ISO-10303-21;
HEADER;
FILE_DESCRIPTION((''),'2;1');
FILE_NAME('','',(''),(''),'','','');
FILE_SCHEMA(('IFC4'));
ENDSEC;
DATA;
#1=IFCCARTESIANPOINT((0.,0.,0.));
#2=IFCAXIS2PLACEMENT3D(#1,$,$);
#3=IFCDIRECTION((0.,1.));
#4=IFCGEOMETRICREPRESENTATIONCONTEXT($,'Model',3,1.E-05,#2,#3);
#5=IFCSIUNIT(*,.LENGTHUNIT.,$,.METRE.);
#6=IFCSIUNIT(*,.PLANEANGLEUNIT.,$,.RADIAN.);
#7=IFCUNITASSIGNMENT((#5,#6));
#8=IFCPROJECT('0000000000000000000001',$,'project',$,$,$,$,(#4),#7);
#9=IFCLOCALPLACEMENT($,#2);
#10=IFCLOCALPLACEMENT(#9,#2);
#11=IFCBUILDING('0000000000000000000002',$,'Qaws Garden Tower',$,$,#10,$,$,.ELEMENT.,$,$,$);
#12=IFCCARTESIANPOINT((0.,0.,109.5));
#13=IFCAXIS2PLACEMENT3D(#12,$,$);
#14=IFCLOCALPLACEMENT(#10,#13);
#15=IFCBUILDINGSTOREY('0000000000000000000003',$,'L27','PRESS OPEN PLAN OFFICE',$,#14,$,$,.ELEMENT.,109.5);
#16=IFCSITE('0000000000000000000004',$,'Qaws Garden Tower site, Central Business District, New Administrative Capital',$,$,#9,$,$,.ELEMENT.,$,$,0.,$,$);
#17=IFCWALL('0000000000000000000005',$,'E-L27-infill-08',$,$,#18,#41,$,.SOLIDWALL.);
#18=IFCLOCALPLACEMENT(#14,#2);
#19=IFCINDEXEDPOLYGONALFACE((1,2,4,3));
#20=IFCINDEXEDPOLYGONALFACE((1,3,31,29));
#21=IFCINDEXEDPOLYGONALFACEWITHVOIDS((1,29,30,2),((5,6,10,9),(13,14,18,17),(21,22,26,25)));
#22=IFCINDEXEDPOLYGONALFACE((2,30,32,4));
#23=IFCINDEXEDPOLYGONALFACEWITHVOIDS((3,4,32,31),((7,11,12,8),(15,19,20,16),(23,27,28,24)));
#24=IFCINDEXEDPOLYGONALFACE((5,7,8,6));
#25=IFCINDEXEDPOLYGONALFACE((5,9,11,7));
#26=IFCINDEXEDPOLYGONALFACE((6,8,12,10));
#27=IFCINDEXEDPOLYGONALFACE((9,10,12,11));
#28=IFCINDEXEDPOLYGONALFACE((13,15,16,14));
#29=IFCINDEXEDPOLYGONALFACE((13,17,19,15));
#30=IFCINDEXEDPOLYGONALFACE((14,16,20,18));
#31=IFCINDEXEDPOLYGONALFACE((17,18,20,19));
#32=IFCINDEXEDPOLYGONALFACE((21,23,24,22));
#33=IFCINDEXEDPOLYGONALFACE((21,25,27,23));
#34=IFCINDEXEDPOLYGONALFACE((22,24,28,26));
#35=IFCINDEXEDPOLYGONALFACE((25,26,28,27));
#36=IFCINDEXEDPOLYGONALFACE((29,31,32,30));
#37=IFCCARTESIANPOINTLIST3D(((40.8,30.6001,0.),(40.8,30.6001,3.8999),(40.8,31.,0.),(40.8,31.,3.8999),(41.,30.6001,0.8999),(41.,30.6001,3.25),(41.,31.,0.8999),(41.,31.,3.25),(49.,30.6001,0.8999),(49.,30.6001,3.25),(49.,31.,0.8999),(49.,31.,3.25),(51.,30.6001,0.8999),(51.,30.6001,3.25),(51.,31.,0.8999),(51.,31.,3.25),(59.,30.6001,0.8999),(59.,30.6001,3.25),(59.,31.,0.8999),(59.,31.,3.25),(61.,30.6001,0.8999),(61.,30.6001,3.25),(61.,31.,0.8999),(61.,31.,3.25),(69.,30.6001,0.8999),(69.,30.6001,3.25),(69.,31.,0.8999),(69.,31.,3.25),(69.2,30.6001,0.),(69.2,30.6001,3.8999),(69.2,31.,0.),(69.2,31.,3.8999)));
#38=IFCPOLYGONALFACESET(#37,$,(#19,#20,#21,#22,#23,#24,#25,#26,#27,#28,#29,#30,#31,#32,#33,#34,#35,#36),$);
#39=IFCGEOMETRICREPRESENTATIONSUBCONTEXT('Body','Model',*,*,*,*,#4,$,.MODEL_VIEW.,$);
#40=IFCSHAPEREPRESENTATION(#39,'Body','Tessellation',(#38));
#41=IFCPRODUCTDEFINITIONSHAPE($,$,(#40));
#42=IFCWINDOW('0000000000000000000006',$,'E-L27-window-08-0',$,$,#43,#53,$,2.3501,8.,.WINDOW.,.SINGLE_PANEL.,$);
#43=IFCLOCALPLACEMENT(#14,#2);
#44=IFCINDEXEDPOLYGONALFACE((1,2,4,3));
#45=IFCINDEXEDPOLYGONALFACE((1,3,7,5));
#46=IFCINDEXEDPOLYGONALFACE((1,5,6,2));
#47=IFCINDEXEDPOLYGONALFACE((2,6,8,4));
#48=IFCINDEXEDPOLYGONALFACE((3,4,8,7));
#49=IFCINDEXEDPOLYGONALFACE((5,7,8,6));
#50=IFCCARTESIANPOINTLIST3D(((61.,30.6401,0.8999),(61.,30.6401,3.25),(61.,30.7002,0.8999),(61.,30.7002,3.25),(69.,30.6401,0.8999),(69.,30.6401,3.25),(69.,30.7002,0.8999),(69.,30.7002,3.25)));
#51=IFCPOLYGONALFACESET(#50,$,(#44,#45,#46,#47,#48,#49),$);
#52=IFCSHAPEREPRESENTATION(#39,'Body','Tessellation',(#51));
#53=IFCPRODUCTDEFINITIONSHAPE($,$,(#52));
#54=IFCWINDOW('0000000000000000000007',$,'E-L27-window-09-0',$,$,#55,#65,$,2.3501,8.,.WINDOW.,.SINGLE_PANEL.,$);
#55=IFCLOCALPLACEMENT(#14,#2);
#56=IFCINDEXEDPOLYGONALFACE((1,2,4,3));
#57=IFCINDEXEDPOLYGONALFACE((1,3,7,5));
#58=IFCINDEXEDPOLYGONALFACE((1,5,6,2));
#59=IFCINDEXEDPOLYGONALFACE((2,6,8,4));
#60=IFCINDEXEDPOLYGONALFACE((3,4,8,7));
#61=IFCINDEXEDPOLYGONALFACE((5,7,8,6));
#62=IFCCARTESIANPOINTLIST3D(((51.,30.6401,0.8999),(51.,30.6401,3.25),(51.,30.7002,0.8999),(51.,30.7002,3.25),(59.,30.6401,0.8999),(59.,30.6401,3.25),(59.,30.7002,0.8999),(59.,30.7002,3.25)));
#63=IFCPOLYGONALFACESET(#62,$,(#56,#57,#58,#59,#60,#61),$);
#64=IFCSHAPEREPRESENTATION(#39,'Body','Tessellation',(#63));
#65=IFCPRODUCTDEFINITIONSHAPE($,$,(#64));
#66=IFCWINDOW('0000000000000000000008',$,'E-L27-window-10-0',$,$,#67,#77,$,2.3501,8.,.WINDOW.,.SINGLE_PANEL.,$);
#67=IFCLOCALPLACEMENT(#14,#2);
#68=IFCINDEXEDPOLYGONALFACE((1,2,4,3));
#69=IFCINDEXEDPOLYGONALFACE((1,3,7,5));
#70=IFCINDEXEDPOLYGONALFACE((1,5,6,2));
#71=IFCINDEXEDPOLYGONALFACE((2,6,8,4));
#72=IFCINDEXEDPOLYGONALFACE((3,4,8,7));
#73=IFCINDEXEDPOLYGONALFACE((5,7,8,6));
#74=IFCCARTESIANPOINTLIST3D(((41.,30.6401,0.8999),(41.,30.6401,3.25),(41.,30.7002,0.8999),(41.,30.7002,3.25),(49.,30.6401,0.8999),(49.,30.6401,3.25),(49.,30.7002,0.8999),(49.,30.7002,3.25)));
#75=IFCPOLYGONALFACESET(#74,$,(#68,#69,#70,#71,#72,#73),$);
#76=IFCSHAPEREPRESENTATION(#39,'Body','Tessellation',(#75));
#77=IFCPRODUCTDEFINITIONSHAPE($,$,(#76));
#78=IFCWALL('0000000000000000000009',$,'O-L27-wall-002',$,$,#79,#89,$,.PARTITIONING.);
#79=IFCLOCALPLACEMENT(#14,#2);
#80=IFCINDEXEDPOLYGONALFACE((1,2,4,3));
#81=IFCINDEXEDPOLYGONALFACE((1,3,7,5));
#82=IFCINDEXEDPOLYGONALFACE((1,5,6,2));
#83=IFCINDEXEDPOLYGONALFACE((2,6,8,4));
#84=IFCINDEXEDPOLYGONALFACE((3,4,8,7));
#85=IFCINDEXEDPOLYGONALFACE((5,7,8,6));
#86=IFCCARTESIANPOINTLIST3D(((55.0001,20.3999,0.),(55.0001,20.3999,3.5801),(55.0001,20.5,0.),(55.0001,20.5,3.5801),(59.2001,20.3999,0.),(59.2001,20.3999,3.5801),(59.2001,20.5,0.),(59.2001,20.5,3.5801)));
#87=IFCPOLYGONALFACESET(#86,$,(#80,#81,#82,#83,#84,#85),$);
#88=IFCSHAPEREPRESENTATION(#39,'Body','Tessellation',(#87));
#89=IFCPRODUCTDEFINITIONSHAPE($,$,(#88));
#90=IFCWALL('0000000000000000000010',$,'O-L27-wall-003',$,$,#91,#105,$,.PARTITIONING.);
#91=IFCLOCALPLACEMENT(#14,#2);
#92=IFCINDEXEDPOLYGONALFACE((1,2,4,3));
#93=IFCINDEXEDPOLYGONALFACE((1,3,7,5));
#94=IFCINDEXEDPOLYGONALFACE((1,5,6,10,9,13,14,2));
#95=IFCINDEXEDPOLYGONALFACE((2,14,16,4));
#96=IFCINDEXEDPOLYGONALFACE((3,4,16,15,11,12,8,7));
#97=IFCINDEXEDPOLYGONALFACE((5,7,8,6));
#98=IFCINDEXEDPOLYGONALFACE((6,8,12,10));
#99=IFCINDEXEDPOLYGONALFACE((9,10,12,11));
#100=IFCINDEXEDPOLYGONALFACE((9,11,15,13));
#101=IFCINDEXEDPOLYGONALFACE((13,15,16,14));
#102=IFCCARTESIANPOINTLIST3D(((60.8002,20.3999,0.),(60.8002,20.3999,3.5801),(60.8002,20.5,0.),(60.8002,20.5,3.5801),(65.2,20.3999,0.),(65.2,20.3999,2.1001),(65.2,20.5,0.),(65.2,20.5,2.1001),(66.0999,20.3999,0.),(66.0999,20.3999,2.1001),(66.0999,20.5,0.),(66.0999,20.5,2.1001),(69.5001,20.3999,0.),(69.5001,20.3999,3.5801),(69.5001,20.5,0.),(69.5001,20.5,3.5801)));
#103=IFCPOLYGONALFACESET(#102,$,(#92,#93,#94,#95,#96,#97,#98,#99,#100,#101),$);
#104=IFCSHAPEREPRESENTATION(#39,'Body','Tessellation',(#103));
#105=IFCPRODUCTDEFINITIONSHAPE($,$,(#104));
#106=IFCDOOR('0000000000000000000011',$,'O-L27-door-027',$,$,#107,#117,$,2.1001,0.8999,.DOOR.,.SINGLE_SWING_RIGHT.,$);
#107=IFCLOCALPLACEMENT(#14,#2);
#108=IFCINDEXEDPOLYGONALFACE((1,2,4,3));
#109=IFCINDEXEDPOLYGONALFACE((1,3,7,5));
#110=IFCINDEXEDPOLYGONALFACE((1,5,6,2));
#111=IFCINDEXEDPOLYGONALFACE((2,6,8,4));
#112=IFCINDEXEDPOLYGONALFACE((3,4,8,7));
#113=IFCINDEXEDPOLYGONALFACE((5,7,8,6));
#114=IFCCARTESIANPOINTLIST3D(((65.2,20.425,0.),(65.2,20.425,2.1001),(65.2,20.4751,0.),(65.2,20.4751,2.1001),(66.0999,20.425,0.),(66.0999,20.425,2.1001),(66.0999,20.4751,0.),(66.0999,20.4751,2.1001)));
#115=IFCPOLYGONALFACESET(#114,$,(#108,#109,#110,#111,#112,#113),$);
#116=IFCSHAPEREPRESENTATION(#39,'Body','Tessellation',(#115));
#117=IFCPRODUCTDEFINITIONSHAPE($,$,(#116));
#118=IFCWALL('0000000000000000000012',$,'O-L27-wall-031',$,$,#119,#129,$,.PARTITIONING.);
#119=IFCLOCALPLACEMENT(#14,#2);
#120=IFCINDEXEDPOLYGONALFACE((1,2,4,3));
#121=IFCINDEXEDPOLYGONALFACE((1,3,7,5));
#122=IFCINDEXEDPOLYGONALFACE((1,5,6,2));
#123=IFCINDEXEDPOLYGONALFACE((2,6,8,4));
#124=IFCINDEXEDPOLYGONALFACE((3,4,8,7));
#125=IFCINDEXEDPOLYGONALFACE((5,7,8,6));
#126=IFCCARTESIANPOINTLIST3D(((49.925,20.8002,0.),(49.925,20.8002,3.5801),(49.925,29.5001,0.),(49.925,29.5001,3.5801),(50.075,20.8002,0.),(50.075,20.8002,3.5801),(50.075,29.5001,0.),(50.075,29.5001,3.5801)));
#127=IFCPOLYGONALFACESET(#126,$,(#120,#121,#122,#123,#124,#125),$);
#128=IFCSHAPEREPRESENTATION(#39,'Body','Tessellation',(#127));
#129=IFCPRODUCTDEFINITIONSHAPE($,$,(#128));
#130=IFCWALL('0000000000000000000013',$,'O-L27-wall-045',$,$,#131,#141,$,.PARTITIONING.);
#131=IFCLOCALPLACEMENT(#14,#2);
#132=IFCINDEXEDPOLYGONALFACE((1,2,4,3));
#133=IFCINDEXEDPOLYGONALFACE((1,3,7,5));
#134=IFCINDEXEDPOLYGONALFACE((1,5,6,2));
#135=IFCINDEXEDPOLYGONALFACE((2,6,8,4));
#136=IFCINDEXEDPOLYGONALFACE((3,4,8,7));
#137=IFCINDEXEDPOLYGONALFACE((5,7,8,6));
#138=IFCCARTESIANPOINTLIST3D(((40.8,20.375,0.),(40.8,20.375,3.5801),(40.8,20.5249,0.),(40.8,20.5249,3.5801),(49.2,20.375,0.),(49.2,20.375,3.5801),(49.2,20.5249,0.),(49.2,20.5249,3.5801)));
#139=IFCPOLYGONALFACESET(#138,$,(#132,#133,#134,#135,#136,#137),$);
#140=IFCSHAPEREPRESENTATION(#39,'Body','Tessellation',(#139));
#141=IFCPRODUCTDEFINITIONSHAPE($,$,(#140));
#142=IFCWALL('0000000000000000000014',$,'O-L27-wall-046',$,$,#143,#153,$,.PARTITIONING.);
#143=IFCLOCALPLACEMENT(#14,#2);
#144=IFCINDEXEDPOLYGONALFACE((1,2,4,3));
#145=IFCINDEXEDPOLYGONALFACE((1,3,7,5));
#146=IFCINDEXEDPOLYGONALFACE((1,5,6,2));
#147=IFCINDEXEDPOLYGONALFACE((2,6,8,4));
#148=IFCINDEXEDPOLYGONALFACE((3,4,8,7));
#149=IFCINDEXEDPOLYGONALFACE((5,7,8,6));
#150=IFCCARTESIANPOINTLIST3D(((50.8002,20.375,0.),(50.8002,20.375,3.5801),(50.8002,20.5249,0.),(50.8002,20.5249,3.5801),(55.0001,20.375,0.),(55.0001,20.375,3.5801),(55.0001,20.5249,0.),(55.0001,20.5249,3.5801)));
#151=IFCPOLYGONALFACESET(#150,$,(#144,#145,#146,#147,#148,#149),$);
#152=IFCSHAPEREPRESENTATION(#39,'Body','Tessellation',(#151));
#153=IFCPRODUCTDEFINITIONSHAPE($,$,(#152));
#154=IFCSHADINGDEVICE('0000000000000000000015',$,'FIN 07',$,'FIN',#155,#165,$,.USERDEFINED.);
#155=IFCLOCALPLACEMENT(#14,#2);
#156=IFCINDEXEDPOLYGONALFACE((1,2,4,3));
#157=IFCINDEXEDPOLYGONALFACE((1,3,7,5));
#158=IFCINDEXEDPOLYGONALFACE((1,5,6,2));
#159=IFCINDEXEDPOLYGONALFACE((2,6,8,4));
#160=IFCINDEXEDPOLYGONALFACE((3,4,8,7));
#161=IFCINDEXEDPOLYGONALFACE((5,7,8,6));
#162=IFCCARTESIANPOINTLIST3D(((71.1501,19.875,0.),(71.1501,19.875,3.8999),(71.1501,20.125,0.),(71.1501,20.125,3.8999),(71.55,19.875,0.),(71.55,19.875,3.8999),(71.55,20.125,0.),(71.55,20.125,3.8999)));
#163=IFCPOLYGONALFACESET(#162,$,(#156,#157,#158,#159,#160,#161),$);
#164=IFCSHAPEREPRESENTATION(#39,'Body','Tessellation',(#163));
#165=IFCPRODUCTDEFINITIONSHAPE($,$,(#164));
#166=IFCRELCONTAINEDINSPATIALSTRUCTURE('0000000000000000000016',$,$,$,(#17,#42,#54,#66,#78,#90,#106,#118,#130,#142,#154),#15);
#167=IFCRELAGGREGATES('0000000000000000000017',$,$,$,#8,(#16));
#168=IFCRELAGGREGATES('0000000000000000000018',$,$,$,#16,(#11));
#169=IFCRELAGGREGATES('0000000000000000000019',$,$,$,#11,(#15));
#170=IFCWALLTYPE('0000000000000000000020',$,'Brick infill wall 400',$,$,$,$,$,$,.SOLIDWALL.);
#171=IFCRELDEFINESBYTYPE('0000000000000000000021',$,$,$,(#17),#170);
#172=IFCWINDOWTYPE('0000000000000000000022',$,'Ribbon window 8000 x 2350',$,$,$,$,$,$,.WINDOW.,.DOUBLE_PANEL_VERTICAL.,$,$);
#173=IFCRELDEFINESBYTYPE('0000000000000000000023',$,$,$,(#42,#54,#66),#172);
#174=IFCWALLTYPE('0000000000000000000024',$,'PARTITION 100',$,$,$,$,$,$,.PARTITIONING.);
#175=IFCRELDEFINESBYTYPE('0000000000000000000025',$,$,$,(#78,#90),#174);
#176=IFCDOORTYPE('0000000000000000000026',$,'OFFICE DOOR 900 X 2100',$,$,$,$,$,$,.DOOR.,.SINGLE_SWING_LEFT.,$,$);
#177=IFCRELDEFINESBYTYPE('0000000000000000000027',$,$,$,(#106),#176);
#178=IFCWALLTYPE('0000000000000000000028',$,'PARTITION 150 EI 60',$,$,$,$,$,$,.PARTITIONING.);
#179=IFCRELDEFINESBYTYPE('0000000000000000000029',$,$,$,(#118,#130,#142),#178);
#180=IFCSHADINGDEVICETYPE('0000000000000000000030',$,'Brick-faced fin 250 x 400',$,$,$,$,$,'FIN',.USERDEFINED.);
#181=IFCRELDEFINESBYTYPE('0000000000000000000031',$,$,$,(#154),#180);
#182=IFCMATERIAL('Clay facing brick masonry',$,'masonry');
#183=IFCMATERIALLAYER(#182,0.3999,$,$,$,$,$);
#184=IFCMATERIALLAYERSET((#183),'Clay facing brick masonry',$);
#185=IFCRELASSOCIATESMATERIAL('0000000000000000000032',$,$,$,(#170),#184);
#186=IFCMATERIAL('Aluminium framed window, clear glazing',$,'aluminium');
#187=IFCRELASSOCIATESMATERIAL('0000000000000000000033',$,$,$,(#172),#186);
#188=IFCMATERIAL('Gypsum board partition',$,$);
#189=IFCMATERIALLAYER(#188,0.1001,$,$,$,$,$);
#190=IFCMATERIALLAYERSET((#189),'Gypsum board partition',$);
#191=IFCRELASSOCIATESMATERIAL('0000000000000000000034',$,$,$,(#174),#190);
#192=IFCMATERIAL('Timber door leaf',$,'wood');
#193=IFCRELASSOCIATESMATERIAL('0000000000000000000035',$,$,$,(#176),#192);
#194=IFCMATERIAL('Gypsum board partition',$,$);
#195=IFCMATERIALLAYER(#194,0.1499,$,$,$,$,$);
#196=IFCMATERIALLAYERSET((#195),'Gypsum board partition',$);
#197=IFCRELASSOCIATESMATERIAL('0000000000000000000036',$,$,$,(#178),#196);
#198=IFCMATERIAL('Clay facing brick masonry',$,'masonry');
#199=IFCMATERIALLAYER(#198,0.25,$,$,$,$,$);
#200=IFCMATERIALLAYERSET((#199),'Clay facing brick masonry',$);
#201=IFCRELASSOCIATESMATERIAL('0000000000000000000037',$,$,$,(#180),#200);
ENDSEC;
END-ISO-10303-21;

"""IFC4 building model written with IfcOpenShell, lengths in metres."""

from ifc_helpers import new_model, si_unit, direction, frame, frame_2d, origin, origin_2d, place, context, subcontext, project, spatial, rectangle, extrude, material, layer, layer_set, type_object, element, fill, save


model = new_model("IFC4")

# Units and contexts
model_context = context("Model", 3, precision=1e-05, world=origin(), true_north=direction((0.0, 1.0)))
body_context = subcontext(model_context, "Body", "Model", "MODEL_VIEW")
ifc_project = project(units=[si_unit("LENGTHUNIT", "METRE"), si_unit("PLANEANGLEUNIT", "RADIAN")], contexts=[model_context])

# Site, building, storey
site_placement = place(None, origin())
site = spatial("IfcSite", under=ifc_project, at=site_placement, Name="Qaws Garden Tower site, Central Business District, New Administrative Capital", CompositionType="ELEMENT", RefElevation=0.0)
building_placement = place(site_placement, origin())
building = spatial("IfcBuilding", under=site, at=building_placement, Name="Qaws Garden Tower", CompositionType="ELEMENT")
storey_placement = place(building_placement, frame((0.0, 0.0, 109.5)))
storey = spatial("IfcBuildingStorey", under=building, at=storey_placement, Name="L27", Description="PRESS OPEN PLAN OFFICE", CompositionType="ELEMENT", Elevation=109.5)

# Wall, openings, windows
ifc_material_1 = material(Name="Clay facing brick masonry", Category="masonry")
ifc_layer_1 = layer(ifc_material_1, 0.3999)
ifc_layer_set_1 = layer_set([ifc_layer_1], Name="Clay facing brick masonry")
wall_type_1 = type_object("IfcWallType", Name="Brick infill wall 400", PredefinedType="SOLIDWALL", material=ifc_layer_set_1)
wall_1_placement = place(storey_placement, frame((69.2, 30.8, 0.0), z_axis=(0.0, 0.0, 1.0), x_axis=(-1.0, 0.0, 0.0)))
wall_1 = element("IfcWall", 1, at=wall_1_placement, inside=storey, type_object=wall_type_1, Name="E-L27-infill-08", PredefinedType="SOLIDWALL", context=body_context, shape_type="SweptSolid", body=[
    extrude(rectangle(XDim=28.3999, YDim=0.3999, at=frame_2d((14.2, 0.0))), origin(), (0.0, 0.0, 1.0), 3.8999),
])
opening_1_placement = place(wall_1_placement, frame((0.2, 0.0, 0.8999)))
opening_1 = element("IfcOpeningElement", 2, at=opening_1_placement, cuts=wall_1, PredefinedType="OPENING", context=body_context, shape_type="SweptSolid", body=[
    extrude(rectangle(XDim=8.0, YDim=2.3501, at=frame_2d((4.0, 1.175))), frame((0.0, 0.21, 0.0), z_axis=(0.0, -1.0, 0.0), x_axis=(1.0, 0.0, 0.0)), (0.0, 0.0, 1.0), 0.4199),
])
opening_2_placement = place(wall_1_placement, frame((10.2, 0.0, 0.8999)))
opening_2 = element("IfcOpeningElement", 3, at=opening_2_placement, cuts=wall_1, PredefinedType="OPENING", context=body_context, shape_type="SweptSolid", body=[
    extrude(rectangle(XDim=8.0, YDim=2.3501, at=frame_2d((4.0, 1.175))), frame((0.0, 0.21, 0.0), z_axis=(0.0, -1.0, 0.0), x_axis=(1.0, 0.0, 0.0)), (0.0, 0.0, 1.0), 0.4199),
])
opening_3_placement = place(wall_1_placement, frame((20.2, 0.0, 0.8999)))
opening_3 = element("IfcOpeningElement", 4, at=opening_3_placement, cuts=wall_1, PredefinedType="OPENING", context=body_context, shape_type="SweptSolid", body=[
    extrude(rectangle(XDim=8.0, YDim=2.3501, at=frame_2d((4.0, 1.175))), frame((0.0, 0.21, 0.0), z_axis=(0.0, -1.0, 0.0), x_axis=(1.0, 0.0, 0.0)), (0.0, 0.0, 1.0), 0.4199),
])
ifc_material_2 = material(Name="Aluminium framed window, clear glazing", Category="aluminium")
window_type = type_object("IfcWindowType", Name="Ribbon window 8000 x 2350", PartitioningType="DOUBLE_PANEL_VERTICAL", PredefinedType="WINDOW", material=ifc_material_2)
window_1_placement = place(opening_1_placement, origin())
window_1 = element("IfcWindow", 5, at=window_1_placement, inside=storey, type_object=window_type, Name="E-L27-window-08-0", OverallHeight=2.3501, OverallWidth=8.0, PartitioningType="SINGLE_PANEL", PredefinedType="WINDOW", context=body_context, shape_type="SweptSolid", body=[
    extrude(rectangle(XDim=8.0, YDim=2.3501, at=frame_2d((4.0, 1.175))), frame((0.0, 0.1599, 0.0), z_axis=(0.0, -1.0, 0.0), x_axis=(1.0, 0.0, 0.0)), (0.0, 0.0, 1.0), 0.0601),
])
fill(opening_1, window_1)
window_2_placement = place(opening_2_placement, origin())
window_2 = element("IfcWindow", 6, at=window_2_placement, inside=storey, type_object=window_type, Name="E-L27-window-09-0", OverallHeight=2.3501, OverallWidth=8.0, PartitioningType="SINGLE_PANEL", PredefinedType="WINDOW", context=body_context, shape_type="SweptSolid", body=[
    extrude(rectangle(XDim=8.0, YDim=2.3501, at=frame_2d((4.0, 1.175))), frame((0.0, 0.1599, 0.0), z_axis=(0.0, -1.0, 0.0), x_axis=(1.0, 0.0, 0.0)), (0.0, 0.0, 1.0), 0.0601),
])
fill(opening_2, window_2)
window_3_placement = place(opening_3_placement, origin())
window_3 = element("IfcWindow", 7, at=window_3_placement, inside=storey, type_object=window_type, Name="E-L27-window-10-0", OverallHeight=2.3501, OverallWidth=8.0, PartitioningType="SINGLE_PANEL", PredefinedType="WINDOW", context=body_context, shape_type="SweptSolid", body=[
    extrude(rectangle(XDim=8.0, YDim=2.3501, at=frame_2d((4.0, 1.175))), frame((0.0, 0.1599, 0.0), z_axis=(0.0, -1.0, 0.0), x_axis=(1.0, 0.0, 0.0)), (0.0, 0.0, 1.0), 0.0601),
])
fill(opening_3, window_3)

# Wall
ifc_material_3 = material(Name="Gypsum board partition")
ifc_layer_2 = layer(ifc_material_3, 0.1001)
ifc_layer_set_2 = layer_set([ifc_layer_2], Name="Gypsum board partition")
wall_type_2 = type_object("IfcWallType", Name="PARTITION 100", PredefinedType="PARTITIONING", material=ifc_layer_set_2)
wall_2_placement = place(storey_placement, frame((55.0, 20.45, 0.0), z_axis=(0.0, 0.0, 1.0), x_axis=(1.0, 0.0, 0.0)))
element("IfcWall", 8, at=wall_2_placement, inside=storey, type_object=wall_type_2, Name="O-L27-wall-002", PredefinedType="PARTITIONING", context=body_context, shape_type="SweptSolid", body=[
    extrude(rectangle(XDim=4.2, YDim=0.1001, at=frame_2d((2.1001, 0.0))), origin(), (0.0, 0.0, 1.0), 3.5801),
])

# Wall, opening, door
wall_3_placement = place(storey_placement, frame((60.8, 20.45, 0.0), z_axis=(0.0, 0.0, 1.0), x_axis=(1.0, 0.0, 0.0)))
wall_3 = element("IfcWall", 9, at=wall_3_placement, inside=storey, type_object=wall_type_2, Name="O-L27-wall-003", PredefinedType="PARTITIONING", context=body_context, shape_type="SweptSolid", body=[
    extrude(rectangle(XDim=8.7, YDim=0.1001, at=frame_2d((4.3501, 0.0))), origin(), (0.0, 0.0, 1.0), 3.5801),
])
opening_4_placement = place(wall_3_placement, frame((4.3999, 0.0, 0.0)))
opening_4 = element("IfcOpeningElement", 10, at=opening_4_placement, cuts=wall_3, PredefinedType="OPENING", context=body_context, shape_type="SweptSolid", body=[
    extrude(rectangle(XDim=0.8999, YDim=2.1001, at=frame_2d((0.45, 1.05))), frame((0.0, 0.0601, 0.0), z_axis=(0.0, -1.0, 0.0), x_axis=(1.0, 0.0, 0.0)), (0.0, 0.0, 1.0), 0.1201),
])
ifc_material_4 = material(Name="Timber door leaf", Category="wood")
door_type = type_object("IfcDoorType", Name="OFFICE DOOR 900 X 2100", OperationType="SINGLE_SWING_LEFT", PredefinedType="DOOR", material=ifc_material_4)
door_placement = place(opening_4_placement, frame((0.8999, 0.0, 0.0), z_axis=(0.0, 0.0, 1.0), x_axis=(-1.0, 0.0, 0.0)))
door = element("IfcDoor", 11, at=door_placement, inside=storey, type_object=door_type, Name="O-L27-door-027", OperationType="SINGLE_SWING_RIGHT", OverallHeight=2.1001, OverallWidth=0.8999, PredefinedType="DOOR", context=body_context, shape_type="SweptSolid", body=[
    extrude(rectangle(XDim=0.8999, YDim=2.1001, at=frame_2d((0.45, 1.05))), frame((0.0, 0.0249, 0.0), z_axis=(0.0, -1.0, 0.0), x_axis=(1.0, 0.0, 0.0)), (0.0, 0.0, 1.0), 0.05),
])
fill(opening_4, door)

# Walls
ifc_material_5 = material(Name="Gypsum board partition")
ifc_layer_3 = layer(ifc_material_5, 0.1499)
ifc_layer_set_3 = layer_set([ifc_layer_3], Name="Gypsum board partition")
wall_type_3 = type_object("IfcWallType", Name="PARTITION 150 EI 60", PredefinedType="PARTITIONING", material=ifc_layer_set_3)
wall_4_placement = place(storey_placement, frame((50.0, 20.8, 0.0), z_axis=(0.0, 0.0, 1.0), x_axis=(0.0, 1.0, 0.0)))
element("IfcWall", 12, at=wall_4_placement, inside=storey, type_object=wall_type_3, Name="O-L27-wall-031", PredefinedType="PARTITIONING", context=body_context, shape_type="SweptSolid", body=[
    extrude(rectangle(XDim=8.7, YDim=0.1499, at=frame_2d((4.3501, 0.0))), origin(), (0.0, 0.0, 1.0), 3.5801),
])
wall_5_placement = place(storey_placement, frame((40.8, 20.45, 0.0), z_axis=(0.0, 0.0, 1.0), x_axis=(1.0, 0.0, 0.0)))
element("IfcWall", 13, at=wall_5_placement, inside=storey, type_object=wall_type_3, Name="O-L27-wall-045", PredefinedType="PARTITIONING", context=body_context, shape_type="SweptSolid", body=[
    extrude(rectangle(XDim=8.3999, YDim=0.1499, at=frame_2d((4.2, 0.0))), origin(), (0.0, 0.0, 1.0), 3.5801),
])
wall_6_placement = place(storey_placement, frame((50.8, 20.45, 0.0), z_axis=(0.0, 0.0, 1.0), x_axis=(1.0, 0.0, 0.0)))
element("IfcWall", 14, at=wall_6_placement, inside=storey, type_object=wall_type_3, Name="O-L27-wall-046", PredefinedType="PARTITIONING", context=body_context, shape_type="SweptSolid", body=[
    extrude(rectangle(XDim=4.2, YDim=0.1499, at=frame_2d((2.1001, 0.0))), origin(), (0.0, 0.0, 1.0), 3.5801),
])

# Shading device
ifc_material_6 = material(Name="Clay facing brick masonry", Category="masonry")
ifc_layer_4 = layer(ifc_material_6, 0.25)
ifc_layer_set_4 = layer_set([ifc_layer_4], Name="Clay facing brick masonry")
shading_device_type = type_object("IfcShadingDeviceType", Name="Brick-faced fin 250 x 400", ElementType="FIN", PredefinedType="USERDEFINED", material=ifc_layer_set_4)
shading_device_placement = place(storey_placement, frame((71.3501, 20.0, 0.0), z_axis=(0.0, 0.0, 1.0), x_axis=(0.0, 1.0, 0.0)))
element("IfcShadingDevice", 15, at=shading_device_placement, inside=storey, type_object=shading_device_type, Name="FIN 07", ObjectType="FIN", PredefinedType="USERDEFINED", context=body_context, shape_type="SweptSolid", body=[
    extrude(rectangle(XDim=0.25, YDim=0.3999, at=origin_2d()), origin(), (0.0, 0.0, 1.0), 3.8999),
])

save(model, "model.ifc")
